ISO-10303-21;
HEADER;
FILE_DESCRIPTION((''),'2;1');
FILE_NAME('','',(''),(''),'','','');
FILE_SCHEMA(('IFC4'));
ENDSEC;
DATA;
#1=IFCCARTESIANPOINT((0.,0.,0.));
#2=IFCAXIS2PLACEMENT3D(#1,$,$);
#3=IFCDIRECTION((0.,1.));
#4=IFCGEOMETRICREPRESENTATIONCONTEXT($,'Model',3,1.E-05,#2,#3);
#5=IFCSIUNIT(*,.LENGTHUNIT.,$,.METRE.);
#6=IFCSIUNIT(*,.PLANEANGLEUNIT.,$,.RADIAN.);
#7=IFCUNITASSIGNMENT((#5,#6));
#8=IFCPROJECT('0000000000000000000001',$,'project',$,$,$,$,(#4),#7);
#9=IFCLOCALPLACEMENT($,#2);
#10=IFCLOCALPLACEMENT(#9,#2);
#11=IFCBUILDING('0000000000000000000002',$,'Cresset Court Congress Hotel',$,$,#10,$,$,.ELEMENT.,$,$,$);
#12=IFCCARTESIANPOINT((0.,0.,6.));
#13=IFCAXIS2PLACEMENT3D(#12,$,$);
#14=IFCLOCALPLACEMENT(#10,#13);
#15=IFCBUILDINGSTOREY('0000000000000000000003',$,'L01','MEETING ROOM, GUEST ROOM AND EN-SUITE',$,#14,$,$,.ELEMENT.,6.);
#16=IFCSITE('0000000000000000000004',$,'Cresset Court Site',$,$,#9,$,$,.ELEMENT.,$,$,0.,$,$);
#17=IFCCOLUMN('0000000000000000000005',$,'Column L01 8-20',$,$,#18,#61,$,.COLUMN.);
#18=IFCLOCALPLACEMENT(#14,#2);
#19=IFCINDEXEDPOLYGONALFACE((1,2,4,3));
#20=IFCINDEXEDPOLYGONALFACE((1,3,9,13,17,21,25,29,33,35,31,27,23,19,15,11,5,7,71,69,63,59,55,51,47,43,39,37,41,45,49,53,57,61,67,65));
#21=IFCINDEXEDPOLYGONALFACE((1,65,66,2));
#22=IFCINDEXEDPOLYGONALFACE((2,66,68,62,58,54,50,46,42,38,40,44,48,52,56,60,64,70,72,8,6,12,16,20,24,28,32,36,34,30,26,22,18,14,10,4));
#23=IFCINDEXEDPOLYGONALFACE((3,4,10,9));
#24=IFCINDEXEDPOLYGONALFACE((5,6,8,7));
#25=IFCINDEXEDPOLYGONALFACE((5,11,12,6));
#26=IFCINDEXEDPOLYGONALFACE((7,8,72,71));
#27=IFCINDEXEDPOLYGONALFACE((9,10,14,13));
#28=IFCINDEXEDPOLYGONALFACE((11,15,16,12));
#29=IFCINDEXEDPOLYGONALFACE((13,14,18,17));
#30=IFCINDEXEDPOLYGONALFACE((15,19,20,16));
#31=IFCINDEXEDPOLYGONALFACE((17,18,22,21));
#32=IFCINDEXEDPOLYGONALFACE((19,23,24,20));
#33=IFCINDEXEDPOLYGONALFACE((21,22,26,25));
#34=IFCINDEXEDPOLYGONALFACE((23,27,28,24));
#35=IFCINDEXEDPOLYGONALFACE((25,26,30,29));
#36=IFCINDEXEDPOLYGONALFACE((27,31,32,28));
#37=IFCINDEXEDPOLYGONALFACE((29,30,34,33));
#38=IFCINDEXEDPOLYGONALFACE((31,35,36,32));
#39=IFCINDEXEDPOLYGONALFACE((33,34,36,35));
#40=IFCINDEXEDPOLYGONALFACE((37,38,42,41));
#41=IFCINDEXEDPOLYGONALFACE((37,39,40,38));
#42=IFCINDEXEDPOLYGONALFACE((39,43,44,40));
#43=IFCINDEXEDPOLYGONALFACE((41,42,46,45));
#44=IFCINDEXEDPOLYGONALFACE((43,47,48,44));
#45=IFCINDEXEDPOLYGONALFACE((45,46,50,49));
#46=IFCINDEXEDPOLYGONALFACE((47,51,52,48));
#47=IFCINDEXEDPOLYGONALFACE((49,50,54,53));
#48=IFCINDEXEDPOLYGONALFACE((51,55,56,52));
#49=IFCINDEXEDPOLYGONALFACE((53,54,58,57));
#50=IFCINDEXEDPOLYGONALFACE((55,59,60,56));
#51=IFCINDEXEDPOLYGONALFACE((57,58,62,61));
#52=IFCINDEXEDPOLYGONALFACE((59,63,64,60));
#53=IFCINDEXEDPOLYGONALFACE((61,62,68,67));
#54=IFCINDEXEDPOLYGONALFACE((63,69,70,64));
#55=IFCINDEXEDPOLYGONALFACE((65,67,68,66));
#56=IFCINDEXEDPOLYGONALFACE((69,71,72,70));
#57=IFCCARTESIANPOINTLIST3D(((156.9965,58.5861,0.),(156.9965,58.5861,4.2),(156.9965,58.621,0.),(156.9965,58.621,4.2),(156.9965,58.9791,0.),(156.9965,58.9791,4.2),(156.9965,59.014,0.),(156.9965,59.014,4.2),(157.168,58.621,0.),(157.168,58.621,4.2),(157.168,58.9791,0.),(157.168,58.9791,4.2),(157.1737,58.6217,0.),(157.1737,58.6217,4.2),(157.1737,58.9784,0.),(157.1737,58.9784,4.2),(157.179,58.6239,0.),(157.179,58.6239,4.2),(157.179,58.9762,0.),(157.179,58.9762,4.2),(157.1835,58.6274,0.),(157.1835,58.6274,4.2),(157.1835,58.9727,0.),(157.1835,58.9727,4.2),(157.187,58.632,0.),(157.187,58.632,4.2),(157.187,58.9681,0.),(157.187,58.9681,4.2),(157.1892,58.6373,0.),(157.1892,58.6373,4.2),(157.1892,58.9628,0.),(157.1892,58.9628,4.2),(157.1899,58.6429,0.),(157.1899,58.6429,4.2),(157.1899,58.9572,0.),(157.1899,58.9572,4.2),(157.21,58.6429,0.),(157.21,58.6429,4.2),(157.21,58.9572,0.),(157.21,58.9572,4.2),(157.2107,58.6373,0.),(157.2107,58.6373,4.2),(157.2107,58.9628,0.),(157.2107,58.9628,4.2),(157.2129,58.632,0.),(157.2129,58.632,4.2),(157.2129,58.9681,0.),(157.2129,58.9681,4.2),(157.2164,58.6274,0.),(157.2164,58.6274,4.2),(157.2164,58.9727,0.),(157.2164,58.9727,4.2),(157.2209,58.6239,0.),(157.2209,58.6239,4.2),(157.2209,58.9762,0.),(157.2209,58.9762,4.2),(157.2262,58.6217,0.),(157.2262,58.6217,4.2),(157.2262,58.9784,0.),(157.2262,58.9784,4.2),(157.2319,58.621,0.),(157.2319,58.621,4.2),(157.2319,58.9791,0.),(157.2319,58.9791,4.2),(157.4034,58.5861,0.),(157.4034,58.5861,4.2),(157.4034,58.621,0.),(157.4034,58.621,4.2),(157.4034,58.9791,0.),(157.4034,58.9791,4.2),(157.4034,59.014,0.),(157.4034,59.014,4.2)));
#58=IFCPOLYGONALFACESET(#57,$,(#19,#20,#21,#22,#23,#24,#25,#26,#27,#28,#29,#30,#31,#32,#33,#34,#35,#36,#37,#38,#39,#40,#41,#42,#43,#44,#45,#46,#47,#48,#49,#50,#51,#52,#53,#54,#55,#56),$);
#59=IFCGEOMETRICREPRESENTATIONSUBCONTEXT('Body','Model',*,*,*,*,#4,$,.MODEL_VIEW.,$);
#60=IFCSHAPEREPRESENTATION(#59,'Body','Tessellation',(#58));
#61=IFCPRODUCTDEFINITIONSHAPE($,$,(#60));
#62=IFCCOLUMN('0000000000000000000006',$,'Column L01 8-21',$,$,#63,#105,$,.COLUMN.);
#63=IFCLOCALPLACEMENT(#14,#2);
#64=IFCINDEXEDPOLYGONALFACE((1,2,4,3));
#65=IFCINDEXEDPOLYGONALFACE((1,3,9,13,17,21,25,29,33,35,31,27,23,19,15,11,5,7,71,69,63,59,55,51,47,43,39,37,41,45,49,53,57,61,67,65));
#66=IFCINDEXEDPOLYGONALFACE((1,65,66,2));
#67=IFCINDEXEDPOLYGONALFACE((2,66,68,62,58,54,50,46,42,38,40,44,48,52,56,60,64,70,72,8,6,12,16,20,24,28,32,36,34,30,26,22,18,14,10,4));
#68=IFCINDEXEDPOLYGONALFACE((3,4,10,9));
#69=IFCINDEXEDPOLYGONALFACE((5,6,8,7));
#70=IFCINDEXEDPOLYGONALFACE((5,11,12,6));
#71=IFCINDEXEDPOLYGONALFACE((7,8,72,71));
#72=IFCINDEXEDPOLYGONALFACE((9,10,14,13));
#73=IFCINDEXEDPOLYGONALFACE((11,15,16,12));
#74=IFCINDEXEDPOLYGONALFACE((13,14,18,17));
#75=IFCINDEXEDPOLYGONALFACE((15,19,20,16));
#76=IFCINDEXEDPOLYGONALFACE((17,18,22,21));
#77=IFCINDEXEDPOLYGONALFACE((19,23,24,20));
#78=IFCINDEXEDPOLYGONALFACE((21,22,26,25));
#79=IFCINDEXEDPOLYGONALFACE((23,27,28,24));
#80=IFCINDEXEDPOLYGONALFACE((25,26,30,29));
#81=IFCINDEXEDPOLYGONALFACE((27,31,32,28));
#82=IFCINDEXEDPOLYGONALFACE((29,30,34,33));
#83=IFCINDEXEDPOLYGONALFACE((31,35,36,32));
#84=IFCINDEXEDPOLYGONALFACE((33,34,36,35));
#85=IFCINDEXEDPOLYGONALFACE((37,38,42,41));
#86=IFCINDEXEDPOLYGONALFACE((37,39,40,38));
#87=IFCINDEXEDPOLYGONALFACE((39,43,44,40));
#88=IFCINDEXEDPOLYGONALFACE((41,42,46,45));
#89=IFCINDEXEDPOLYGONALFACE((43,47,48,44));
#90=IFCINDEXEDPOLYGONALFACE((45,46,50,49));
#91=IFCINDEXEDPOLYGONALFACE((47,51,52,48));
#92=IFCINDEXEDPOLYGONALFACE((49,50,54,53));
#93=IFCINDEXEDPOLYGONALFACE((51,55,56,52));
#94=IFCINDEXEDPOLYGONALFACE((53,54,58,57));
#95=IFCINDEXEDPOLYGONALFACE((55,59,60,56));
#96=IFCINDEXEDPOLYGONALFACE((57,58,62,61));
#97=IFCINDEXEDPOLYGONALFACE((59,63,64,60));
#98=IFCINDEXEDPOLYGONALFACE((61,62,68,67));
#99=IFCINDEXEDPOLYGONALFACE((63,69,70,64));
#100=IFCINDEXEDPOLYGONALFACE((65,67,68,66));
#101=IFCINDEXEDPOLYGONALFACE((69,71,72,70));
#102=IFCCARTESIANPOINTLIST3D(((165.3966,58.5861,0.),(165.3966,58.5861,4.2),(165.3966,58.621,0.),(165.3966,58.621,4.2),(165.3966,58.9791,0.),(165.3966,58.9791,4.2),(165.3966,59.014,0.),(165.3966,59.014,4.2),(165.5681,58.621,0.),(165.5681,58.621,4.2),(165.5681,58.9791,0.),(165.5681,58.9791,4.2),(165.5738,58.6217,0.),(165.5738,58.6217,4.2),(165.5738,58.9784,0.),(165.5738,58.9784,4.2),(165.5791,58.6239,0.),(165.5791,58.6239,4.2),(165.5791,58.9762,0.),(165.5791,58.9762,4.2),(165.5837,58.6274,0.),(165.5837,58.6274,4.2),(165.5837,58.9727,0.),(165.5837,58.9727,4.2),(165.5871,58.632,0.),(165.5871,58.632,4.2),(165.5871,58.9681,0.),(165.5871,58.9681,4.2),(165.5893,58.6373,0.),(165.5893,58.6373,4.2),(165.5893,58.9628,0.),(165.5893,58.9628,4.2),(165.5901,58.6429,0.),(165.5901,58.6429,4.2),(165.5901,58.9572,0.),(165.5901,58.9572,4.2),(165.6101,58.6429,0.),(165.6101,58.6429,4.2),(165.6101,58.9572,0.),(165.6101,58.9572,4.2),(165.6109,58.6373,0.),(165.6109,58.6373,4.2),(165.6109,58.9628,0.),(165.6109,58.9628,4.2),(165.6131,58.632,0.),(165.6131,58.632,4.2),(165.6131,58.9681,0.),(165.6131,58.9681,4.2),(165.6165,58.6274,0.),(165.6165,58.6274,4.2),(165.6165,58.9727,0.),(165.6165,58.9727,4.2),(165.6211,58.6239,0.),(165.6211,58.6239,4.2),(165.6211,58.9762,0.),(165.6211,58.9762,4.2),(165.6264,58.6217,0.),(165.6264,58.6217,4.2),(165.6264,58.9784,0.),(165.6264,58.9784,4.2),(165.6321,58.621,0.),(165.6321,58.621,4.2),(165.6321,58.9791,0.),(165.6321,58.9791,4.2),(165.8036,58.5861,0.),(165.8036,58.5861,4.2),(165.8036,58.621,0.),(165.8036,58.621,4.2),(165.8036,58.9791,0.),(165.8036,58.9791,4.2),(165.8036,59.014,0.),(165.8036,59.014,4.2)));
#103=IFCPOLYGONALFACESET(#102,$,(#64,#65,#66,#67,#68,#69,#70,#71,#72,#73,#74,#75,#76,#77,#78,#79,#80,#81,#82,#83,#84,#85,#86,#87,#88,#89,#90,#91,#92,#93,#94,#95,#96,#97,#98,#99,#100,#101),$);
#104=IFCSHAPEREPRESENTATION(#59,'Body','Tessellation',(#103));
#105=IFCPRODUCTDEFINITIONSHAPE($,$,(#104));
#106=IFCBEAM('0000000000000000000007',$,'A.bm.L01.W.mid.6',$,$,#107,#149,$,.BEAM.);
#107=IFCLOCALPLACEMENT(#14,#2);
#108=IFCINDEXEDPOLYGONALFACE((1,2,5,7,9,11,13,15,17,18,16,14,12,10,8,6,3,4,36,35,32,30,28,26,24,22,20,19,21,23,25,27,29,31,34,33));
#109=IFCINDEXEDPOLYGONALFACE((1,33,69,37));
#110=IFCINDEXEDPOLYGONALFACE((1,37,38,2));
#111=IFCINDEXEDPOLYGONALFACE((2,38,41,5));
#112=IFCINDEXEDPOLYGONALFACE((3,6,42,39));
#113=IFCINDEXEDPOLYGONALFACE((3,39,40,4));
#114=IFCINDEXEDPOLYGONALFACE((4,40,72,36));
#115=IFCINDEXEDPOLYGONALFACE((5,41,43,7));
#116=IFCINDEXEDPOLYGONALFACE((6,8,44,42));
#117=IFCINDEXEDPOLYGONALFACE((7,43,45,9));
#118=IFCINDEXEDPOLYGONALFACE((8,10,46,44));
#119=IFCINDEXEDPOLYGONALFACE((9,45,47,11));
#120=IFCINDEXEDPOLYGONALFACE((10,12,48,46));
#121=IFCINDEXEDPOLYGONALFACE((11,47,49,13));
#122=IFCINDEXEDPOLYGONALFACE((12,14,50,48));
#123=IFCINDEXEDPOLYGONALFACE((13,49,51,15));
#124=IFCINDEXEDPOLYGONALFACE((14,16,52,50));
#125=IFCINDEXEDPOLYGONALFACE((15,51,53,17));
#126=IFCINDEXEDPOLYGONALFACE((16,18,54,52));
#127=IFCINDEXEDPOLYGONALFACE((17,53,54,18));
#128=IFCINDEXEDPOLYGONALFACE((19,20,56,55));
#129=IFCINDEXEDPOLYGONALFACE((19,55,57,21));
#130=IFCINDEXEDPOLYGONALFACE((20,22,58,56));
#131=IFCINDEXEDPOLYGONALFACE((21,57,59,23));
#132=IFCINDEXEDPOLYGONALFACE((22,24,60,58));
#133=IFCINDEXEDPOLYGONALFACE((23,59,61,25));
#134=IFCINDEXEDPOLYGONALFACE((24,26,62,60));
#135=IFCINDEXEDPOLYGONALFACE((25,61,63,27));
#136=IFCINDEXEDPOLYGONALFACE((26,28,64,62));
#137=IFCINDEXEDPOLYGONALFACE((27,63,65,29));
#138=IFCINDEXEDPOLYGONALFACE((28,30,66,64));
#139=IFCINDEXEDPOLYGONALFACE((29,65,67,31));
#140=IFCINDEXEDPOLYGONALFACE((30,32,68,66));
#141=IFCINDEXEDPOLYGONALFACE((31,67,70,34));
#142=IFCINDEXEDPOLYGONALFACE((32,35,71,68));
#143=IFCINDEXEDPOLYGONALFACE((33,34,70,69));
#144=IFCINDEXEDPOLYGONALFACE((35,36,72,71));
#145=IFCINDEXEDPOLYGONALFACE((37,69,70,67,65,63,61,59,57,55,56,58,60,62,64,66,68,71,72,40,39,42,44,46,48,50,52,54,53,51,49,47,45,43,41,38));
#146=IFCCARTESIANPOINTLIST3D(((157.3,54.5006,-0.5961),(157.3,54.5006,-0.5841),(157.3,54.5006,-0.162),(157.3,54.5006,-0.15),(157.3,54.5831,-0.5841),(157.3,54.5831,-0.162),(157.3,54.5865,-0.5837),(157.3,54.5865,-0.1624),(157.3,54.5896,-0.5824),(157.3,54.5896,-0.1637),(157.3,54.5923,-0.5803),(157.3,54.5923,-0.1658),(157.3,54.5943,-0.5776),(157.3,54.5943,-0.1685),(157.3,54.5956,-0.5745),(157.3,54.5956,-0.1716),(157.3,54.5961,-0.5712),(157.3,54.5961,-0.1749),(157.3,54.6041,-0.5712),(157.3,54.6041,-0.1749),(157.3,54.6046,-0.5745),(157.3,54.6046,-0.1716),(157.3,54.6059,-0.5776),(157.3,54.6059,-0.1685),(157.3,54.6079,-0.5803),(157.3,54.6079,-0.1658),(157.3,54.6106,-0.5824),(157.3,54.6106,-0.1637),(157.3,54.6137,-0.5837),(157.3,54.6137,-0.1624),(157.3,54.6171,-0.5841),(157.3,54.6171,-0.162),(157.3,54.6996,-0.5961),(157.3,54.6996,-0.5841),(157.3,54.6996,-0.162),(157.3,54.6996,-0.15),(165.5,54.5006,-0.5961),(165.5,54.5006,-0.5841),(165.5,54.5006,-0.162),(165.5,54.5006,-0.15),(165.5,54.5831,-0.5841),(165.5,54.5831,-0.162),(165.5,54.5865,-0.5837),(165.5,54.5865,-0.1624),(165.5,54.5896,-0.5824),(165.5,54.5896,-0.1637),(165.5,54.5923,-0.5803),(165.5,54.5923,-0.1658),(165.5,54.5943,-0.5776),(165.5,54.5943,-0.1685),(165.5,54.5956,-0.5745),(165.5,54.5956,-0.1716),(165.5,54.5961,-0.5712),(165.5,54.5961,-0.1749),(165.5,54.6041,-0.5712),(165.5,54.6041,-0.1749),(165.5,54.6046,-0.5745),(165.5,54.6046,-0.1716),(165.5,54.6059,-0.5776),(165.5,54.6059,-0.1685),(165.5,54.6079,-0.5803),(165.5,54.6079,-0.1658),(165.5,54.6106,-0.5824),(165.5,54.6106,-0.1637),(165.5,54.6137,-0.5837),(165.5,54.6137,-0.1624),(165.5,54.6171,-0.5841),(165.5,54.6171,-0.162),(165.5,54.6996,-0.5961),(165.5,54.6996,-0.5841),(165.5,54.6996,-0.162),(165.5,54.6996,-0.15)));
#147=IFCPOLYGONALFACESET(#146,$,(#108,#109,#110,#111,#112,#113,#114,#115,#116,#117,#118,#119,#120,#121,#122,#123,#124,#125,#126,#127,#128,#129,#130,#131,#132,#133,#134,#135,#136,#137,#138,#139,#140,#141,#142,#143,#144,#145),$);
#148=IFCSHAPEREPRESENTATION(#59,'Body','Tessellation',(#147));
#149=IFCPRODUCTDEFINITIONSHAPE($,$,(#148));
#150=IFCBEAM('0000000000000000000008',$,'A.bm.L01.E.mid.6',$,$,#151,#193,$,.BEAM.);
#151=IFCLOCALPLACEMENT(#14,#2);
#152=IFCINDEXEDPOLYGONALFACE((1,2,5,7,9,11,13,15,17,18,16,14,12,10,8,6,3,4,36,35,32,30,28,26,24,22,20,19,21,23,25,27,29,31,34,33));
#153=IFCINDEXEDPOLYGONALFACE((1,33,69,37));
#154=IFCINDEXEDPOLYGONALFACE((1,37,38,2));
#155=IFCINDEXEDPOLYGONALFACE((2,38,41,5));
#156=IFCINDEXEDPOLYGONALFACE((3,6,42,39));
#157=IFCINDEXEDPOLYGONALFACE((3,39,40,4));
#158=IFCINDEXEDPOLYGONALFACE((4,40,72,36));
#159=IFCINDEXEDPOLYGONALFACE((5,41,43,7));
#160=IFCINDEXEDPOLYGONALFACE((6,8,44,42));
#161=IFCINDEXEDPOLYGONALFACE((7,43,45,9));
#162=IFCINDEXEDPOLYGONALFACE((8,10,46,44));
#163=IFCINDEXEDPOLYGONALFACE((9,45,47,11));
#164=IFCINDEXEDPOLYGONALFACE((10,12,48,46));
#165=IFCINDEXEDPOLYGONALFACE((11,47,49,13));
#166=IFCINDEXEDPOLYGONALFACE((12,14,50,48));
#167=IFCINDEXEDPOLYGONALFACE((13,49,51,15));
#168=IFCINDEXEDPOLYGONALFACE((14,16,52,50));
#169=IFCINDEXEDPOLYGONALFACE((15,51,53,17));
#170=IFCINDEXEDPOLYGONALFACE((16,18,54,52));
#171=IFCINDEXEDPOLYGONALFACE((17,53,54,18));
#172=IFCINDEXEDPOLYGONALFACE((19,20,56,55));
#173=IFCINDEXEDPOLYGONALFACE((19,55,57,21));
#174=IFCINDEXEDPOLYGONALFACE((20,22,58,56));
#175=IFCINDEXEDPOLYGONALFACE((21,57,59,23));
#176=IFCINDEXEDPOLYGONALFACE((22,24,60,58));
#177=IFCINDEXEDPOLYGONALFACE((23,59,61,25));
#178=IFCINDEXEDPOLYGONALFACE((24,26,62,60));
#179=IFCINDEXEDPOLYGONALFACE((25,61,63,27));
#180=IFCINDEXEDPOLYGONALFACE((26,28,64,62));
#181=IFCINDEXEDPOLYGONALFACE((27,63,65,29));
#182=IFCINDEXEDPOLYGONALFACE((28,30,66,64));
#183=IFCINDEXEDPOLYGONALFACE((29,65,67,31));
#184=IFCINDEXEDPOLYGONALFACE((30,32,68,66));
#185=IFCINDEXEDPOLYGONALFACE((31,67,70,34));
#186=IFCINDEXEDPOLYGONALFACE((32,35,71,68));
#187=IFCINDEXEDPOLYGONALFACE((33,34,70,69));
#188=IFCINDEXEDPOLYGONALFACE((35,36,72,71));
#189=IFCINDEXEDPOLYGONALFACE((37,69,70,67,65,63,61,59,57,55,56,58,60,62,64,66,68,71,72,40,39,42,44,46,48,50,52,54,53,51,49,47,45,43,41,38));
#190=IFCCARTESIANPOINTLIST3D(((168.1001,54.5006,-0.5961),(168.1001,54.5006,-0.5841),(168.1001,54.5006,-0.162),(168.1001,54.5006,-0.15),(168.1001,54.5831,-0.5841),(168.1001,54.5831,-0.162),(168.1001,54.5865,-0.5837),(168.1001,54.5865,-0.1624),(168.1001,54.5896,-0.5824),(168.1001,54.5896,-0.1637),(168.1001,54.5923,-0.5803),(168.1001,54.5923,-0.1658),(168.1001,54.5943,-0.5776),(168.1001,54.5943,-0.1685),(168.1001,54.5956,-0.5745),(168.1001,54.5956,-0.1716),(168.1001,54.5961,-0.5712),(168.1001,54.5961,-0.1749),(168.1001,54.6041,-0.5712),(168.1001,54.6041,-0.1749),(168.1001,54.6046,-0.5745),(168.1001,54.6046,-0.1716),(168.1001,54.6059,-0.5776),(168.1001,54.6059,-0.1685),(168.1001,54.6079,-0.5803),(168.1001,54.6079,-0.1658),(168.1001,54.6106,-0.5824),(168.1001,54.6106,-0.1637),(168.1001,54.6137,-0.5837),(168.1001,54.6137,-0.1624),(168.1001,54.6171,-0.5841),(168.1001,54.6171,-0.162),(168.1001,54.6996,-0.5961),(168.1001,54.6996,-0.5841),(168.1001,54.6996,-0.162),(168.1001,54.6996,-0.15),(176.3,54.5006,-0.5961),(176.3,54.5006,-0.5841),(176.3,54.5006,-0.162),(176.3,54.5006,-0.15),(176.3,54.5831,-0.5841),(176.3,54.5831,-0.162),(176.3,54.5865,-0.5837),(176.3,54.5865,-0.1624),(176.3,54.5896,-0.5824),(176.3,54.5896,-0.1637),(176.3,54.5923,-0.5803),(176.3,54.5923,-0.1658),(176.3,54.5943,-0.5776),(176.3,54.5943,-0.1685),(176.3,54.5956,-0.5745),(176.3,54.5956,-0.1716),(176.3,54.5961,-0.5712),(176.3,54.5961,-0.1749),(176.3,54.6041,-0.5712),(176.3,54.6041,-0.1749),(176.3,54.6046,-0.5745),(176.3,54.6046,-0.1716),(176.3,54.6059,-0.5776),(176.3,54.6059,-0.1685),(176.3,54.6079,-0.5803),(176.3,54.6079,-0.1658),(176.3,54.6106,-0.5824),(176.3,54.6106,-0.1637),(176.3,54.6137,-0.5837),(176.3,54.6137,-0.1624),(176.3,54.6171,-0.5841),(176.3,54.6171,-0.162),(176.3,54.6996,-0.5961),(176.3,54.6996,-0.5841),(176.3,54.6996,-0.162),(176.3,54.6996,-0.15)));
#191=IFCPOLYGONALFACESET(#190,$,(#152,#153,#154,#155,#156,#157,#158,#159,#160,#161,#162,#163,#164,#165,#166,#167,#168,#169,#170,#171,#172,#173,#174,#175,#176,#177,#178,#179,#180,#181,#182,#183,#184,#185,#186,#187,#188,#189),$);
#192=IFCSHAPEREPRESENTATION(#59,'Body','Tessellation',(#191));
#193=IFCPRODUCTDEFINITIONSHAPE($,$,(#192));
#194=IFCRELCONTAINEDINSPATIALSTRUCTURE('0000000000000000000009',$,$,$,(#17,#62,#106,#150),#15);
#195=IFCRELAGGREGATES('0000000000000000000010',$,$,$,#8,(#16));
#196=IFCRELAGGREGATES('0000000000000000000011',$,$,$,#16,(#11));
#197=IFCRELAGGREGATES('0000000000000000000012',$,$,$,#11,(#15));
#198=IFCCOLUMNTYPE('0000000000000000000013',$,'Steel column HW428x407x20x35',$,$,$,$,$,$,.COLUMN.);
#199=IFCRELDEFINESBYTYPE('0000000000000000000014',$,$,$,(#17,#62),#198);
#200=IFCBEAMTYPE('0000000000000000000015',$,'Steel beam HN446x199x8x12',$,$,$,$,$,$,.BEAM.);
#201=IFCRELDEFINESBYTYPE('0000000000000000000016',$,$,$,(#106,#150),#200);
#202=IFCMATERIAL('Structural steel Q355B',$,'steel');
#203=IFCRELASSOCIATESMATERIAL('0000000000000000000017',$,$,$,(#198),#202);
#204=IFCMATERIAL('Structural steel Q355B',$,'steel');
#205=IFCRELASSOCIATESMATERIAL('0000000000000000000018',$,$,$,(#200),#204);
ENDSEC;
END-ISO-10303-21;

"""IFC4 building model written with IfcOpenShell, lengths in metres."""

from ifc_helpers import new_model, si_unit, direction, frame, origin, origin_2d, place, context, subcontext, project, spatial, i_section, extrude, material, material_profile, profile_set, type_object, element, save


model = new_model("IFC4")

# Units and contexts
model_context = context("Model", 3, precision=1e-05, world=origin(), true_north=direction((0.0, 1.0)))
body_context = subcontext(model_context, "Body", "Model", "MODEL_VIEW")
ifc_project = project(units=[si_unit("LENGTHUNIT", "METRE"), si_unit("PLANEANGLEUNIT", "RADIAN")], contexts=[model_context])

# Site, building, storey
site_placement = place(None, origin())
site = spatial("IfcSite", under=ifc_project, at=site_placement, Name="Cresset Court Site", CompositionType="ELEMENT", RefElevation=0.0)
building_placement = place(site_placement, origin())
building = spatial("IfcBuilding", under=site, at=building_placement, Name="Cresset Court Congress Hotel", CompositionType="ELEMENT")
storey_placement = place(building_placement, frame((0.0, 0.0, 6.0)))
storey = spatial("IfcBuildingStorey", under=building, at=storey_placement, Name="L01", Description="MEETING ROOM, GUEST ROOM AND EN-SUITE", CompositionType="ELEMENT", Elevation=6.0)

# Columns
ifc_material_1 = material(Name="Structural steel Q355B", Category="steel")
ifc_material_profile_1 = material_profile(ifc_material_1, i_section(OverallWidth=0.407, OverallDepth=0.428, WebThickness=0.02, FlangeThickness=0.0349, FilletRadius=0.022, at=origin_2d()), Name="HW428x407x20x35")
ifc_profile_set_1 = profile_set([ifc_material_profile_1], Name="Structural steel Q355B")
column_type = type_object("IfcColumnType", Name="Steel column HW428x407x20x35", PredefinedType="COLUMN", material=ifc_profile_set_1)
for number, where, z_axis, x_axis, name in (
    (1, (157.2, 58.8, 0.0), (0.0, 0.0, 1.0), (1.0, 0.0, 0.0), "Column L01 8-20"),
    (2, (165.6001, 58.8, 0.0), (0.0, 0.0, 1.0), (1.0, 0.0, 0.0), "Column L01 8-21"),
):
    element("IfcColumn", number, at=place(storey_placement, frame(where, z_axis=z_axis, x_axis=x_axis)), inside=storey, type_object=column_type, Name=name, PredefinedType="COLUMN", context=body_context, shape_type="SweptSolid", body=[
        extrude(i_section(OverallWidth=0.407, OverallDepth=0.428, WebThickness=0.02, FlangeThickness=0.0349, FilletRadius=0.022, at=origin_2d()), origin(), (0.0, 0.0, 1.0), 4.2),
    ])

# Beams
ifc_material_2 = material(Name="Structural steel Q355B", Category="steel")
ifc_material_profile_2 = material_profile(ifc_material_2, i_section(OverallWidth=0.199, OverallDepth=0.446, WebThickness=0.0081, FlangeThickness=0.012, FilletRadius=0.0129, at=origin_2d()), Name="HN446x199x8x12")
ifc_profile_set_2 = profile_set([ifc_material_profile_2], Name="Structural steel Q355B")
beam_type_1 = type_object("IfcBeamType", Name="Steel beam HN446x199x8x12", PredefinedType="BEAM", material=ifc_profile_set_2)
for number, where, z_axis, x_axis, name in (
    (3, (157.3, 54.6001, -0.373), (1.0, 0.0, 0.0), (0.0, 1.0, 0.0), "A.bm.L01.W.mid.6"),
    (4, (168.1001, 54.6001, -0.373), (1.0, 0.0, 0.0), (0.0, 1.0, 0.0), "A.bm.L01.E.mid.6"),
):
    element("IfcBeam", number, at=place(storey_placement, frame(where, z_axis=z_axis, x_axis=x_axis)), inside=storey, type_object=beam_type_1, Name=name, PredefinedType="BEAM", context=body_context, shape_type="SweptSolid", body=[
        extrude(i_section(OverallWidth=0.199, OverallDepth=0.446, WebThickness=0.0081, FlangeThickness=0.012, FilletRadius=0.0129, at=origin_2d()), origin(), (0.0, 0.0, 1.0), 8.2),
    ])

save(model, "model.ifc")
